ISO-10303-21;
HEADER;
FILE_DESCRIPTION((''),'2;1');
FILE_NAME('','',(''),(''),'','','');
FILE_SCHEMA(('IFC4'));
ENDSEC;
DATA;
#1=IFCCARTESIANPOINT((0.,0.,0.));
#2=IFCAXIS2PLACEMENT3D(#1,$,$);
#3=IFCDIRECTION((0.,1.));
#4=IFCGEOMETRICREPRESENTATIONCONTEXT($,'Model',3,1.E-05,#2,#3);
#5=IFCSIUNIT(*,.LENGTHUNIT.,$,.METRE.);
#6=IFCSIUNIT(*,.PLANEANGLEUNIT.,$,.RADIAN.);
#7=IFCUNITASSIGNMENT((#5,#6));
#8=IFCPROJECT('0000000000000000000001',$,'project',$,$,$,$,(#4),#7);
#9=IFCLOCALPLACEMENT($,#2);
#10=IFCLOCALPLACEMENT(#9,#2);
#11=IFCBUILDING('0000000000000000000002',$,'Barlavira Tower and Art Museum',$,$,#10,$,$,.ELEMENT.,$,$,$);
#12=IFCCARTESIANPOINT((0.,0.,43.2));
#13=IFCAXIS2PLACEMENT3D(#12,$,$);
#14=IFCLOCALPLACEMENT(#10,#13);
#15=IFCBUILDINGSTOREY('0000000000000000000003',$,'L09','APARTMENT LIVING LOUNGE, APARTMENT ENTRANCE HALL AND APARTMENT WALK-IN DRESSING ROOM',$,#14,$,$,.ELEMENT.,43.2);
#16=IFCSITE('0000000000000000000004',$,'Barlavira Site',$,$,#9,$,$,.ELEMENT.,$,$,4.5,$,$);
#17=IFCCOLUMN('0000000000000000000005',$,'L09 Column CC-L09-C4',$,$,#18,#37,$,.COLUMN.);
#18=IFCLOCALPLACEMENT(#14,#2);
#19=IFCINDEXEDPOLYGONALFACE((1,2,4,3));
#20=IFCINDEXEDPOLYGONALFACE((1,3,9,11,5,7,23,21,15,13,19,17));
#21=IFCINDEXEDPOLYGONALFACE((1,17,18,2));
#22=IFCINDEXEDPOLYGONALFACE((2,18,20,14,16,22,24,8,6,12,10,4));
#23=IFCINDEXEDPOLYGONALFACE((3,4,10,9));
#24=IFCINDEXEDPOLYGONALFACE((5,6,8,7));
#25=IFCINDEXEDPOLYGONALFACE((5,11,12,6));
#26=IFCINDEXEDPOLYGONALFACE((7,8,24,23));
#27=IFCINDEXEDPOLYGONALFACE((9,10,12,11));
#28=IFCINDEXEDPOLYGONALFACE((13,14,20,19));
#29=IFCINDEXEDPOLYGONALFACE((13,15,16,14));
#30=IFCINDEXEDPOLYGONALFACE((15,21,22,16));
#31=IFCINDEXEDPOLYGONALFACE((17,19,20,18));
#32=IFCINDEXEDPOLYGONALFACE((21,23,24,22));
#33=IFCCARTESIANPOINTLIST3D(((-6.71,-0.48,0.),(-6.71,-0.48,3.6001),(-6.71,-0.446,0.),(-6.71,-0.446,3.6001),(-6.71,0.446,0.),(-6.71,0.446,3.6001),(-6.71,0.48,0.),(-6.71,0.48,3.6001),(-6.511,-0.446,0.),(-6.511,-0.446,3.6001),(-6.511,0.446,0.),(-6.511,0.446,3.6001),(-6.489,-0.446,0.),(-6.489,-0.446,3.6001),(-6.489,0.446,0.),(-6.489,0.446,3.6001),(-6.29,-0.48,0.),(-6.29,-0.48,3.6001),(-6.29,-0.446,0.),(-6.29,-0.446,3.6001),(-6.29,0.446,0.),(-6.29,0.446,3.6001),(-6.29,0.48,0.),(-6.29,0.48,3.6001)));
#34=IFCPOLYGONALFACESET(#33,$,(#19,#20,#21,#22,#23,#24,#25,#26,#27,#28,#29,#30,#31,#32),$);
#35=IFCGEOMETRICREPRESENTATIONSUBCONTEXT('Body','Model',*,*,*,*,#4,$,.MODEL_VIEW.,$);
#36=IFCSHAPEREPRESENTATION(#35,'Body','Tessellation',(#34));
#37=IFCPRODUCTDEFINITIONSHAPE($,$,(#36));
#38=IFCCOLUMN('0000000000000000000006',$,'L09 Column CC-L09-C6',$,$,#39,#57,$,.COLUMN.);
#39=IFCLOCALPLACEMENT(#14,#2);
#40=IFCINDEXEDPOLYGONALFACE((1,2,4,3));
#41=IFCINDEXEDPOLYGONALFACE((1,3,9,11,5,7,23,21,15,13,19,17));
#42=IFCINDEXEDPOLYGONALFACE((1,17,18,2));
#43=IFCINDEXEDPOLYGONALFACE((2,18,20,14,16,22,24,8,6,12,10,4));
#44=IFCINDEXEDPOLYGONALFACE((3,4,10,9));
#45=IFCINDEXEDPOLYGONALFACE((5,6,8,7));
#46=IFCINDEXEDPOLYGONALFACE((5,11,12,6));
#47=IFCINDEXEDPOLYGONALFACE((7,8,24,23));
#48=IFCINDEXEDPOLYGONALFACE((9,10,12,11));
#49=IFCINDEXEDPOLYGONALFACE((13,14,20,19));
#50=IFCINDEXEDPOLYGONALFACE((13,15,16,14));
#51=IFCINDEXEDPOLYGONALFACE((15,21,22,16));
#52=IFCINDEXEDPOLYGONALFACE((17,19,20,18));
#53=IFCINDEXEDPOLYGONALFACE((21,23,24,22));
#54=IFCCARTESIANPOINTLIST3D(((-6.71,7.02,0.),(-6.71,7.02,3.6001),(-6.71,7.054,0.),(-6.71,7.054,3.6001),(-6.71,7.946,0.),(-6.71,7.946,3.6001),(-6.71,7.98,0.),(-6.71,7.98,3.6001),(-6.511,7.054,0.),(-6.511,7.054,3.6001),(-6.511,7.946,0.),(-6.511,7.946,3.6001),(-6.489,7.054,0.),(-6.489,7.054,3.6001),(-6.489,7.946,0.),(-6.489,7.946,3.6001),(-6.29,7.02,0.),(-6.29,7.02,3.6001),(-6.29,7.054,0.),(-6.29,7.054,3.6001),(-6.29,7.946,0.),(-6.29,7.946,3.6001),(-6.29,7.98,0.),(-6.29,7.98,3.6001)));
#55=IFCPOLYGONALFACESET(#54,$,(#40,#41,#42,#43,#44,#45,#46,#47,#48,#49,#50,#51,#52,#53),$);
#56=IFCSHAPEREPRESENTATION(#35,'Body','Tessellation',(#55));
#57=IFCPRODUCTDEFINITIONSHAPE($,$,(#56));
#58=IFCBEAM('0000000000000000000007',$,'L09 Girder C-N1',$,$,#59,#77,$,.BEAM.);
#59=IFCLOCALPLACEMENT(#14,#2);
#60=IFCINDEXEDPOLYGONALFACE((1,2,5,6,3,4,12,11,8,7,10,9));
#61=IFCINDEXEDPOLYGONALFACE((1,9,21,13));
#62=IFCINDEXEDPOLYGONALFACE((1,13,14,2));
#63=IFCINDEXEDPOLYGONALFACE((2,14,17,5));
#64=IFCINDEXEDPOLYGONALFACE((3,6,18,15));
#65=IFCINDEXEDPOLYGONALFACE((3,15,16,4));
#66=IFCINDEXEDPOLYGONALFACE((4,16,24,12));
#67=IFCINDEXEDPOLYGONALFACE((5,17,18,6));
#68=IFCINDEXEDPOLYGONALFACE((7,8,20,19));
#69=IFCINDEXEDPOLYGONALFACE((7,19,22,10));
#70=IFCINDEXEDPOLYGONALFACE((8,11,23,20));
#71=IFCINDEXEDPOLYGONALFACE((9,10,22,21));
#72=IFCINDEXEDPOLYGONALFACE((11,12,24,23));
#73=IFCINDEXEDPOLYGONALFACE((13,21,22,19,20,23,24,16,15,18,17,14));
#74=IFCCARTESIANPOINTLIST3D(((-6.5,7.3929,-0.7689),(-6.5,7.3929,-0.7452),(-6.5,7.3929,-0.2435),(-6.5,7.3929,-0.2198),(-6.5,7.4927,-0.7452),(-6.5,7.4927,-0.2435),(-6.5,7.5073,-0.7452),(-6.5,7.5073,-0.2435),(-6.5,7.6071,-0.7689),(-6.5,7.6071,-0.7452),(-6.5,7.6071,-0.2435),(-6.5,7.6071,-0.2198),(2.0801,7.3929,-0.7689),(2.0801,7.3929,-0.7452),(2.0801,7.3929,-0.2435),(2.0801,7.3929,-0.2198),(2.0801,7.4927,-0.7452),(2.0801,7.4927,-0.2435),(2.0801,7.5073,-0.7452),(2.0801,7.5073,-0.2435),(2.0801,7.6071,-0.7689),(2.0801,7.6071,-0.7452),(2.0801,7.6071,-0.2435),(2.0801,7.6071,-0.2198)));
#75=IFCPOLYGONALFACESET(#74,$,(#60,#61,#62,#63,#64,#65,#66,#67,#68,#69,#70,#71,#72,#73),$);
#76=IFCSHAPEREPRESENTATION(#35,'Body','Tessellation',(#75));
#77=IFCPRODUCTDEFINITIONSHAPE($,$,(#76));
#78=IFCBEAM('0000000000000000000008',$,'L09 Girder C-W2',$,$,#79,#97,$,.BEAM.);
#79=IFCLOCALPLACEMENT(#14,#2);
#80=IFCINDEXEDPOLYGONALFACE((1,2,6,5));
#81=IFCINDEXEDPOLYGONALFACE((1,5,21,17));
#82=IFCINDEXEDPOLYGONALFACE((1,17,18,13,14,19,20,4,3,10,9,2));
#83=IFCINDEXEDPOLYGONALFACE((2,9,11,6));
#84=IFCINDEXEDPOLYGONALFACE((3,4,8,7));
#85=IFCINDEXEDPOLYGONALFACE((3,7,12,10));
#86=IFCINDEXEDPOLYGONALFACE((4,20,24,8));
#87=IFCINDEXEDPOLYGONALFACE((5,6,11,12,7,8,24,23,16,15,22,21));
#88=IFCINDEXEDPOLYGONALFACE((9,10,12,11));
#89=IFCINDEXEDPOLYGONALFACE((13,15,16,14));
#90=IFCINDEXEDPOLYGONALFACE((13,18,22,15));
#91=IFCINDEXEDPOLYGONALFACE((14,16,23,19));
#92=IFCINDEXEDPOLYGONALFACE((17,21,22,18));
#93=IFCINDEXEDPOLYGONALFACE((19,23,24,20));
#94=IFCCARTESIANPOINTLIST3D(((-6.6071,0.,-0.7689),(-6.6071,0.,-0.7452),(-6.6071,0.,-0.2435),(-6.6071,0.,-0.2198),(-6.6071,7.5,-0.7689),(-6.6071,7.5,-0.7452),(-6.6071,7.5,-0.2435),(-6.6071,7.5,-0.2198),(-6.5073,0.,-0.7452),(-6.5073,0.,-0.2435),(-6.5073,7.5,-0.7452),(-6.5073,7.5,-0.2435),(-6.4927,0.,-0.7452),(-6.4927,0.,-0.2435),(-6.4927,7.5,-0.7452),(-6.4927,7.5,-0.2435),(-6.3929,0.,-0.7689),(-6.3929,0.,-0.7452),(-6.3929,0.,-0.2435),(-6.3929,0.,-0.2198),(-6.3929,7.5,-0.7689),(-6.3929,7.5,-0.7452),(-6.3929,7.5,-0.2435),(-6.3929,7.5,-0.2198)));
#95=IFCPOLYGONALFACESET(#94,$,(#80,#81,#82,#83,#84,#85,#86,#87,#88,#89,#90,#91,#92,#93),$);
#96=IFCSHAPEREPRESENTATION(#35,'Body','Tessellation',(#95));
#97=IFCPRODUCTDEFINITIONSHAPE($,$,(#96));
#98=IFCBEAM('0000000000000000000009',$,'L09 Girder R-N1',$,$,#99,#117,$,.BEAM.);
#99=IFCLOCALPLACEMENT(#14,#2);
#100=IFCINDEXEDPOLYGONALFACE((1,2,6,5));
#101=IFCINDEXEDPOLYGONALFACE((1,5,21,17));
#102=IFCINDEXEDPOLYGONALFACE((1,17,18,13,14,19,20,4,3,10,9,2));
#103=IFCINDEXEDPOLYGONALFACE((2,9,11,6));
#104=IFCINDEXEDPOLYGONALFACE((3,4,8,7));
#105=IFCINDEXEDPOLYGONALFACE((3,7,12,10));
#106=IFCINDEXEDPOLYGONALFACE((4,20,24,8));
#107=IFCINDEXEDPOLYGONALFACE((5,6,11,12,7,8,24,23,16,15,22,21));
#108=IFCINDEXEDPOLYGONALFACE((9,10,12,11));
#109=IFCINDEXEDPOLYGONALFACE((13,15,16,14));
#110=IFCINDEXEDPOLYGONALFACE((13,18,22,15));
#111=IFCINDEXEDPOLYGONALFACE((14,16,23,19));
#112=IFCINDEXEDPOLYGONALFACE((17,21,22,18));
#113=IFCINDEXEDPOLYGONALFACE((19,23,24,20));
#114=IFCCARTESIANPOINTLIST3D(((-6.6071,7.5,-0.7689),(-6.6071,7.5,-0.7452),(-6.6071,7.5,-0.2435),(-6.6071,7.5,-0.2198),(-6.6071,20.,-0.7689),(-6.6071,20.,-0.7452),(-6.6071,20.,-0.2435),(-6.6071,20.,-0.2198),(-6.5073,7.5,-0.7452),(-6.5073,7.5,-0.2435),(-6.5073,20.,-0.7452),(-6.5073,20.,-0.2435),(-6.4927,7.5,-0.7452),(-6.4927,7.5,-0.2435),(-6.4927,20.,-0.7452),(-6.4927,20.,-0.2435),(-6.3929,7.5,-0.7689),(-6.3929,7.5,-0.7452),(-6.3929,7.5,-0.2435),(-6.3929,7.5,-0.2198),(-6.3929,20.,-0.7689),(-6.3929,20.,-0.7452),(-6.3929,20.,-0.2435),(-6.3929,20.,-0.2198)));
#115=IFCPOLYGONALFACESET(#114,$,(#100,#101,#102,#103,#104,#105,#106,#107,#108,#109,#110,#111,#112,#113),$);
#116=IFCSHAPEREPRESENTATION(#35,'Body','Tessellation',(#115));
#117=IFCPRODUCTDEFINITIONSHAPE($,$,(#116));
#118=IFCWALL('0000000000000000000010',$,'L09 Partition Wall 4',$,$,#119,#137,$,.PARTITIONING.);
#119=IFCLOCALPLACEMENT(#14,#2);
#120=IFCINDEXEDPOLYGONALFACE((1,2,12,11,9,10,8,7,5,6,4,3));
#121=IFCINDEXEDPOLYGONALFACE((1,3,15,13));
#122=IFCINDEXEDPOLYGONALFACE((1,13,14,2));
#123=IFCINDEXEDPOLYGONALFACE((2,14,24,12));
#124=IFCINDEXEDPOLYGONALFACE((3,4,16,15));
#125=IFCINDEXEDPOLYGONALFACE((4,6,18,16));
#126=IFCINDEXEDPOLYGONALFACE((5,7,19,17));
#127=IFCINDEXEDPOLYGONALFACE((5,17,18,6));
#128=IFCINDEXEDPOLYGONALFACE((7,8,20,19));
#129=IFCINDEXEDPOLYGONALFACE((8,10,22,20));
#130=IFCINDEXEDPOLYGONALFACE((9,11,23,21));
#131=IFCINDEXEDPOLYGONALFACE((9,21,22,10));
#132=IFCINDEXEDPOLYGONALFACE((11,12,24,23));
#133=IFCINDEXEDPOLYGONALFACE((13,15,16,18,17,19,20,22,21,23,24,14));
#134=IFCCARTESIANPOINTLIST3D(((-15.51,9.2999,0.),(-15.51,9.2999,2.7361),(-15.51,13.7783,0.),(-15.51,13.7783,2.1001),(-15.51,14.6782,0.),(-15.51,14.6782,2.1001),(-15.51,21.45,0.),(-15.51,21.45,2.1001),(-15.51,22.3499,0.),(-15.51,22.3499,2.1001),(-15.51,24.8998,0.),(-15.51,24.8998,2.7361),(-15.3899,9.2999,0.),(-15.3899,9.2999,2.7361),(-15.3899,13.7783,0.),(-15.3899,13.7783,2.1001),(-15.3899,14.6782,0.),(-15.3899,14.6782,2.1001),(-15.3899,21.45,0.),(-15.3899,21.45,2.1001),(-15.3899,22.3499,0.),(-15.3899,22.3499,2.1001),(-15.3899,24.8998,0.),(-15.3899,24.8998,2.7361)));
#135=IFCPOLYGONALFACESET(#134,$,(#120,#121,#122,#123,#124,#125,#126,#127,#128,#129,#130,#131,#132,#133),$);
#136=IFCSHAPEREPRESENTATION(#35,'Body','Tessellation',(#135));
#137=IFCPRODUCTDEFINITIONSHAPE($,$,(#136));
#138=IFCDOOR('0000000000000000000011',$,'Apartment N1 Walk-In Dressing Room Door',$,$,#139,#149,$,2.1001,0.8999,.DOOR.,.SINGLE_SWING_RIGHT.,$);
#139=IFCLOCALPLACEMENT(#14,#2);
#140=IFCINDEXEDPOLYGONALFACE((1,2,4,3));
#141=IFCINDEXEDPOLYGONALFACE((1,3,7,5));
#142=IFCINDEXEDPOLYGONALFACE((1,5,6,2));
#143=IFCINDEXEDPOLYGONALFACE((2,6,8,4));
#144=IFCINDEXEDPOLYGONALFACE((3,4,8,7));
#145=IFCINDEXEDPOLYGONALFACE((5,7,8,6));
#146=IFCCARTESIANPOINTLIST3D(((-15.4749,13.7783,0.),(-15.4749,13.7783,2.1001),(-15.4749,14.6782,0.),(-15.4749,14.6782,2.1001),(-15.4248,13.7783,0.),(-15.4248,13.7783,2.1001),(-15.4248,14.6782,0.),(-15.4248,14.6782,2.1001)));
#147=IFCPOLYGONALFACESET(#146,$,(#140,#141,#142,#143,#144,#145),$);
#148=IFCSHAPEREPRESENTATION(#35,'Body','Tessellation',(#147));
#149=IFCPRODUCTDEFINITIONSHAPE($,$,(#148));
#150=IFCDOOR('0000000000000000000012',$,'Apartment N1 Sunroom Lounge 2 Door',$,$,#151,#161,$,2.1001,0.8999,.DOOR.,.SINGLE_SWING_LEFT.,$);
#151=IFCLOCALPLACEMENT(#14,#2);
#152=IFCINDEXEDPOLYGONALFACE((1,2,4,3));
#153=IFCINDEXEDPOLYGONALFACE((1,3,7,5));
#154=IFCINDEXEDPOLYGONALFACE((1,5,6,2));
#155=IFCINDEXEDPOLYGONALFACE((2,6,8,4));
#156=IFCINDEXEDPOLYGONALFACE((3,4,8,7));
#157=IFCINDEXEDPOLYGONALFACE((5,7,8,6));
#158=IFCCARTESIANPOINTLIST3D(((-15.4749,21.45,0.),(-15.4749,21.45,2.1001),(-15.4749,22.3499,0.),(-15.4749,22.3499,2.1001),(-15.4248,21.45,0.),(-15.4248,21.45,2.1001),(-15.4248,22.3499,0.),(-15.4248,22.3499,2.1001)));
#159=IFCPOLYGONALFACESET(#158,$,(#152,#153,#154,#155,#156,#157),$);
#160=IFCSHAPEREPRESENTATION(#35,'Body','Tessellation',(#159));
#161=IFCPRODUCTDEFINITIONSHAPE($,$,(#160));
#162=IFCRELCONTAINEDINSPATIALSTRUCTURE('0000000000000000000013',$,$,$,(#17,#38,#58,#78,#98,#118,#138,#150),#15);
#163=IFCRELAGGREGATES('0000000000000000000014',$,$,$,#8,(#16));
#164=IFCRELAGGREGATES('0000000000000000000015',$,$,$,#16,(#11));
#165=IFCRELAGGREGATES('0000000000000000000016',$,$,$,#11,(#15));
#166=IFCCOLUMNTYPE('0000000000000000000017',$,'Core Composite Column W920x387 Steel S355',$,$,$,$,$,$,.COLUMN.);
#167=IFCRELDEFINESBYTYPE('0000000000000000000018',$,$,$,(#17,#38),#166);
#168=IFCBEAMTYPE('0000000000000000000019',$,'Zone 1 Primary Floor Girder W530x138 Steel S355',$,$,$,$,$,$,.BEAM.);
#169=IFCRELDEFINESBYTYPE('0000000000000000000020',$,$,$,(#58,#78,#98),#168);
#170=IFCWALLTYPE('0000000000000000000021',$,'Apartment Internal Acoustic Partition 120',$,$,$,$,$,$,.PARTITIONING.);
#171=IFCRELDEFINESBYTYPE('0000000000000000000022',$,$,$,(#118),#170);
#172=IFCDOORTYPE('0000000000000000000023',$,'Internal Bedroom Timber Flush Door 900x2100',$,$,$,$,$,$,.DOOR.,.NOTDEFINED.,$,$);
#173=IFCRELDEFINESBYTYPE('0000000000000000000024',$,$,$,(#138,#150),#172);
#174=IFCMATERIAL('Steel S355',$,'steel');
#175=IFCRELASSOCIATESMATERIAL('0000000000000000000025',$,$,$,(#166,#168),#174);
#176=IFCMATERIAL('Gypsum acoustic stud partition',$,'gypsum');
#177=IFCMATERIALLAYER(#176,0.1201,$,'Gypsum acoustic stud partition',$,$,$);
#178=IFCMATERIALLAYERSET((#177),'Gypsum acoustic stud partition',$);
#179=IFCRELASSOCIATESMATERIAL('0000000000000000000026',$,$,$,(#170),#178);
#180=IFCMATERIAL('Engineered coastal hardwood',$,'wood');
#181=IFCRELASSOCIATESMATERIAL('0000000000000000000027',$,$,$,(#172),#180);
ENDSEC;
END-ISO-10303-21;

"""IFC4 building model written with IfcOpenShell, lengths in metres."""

from ifc_helpers import new_model, si_unit, direction, frame, frame_2d, origin, origin_2d, place, context, subcontext, project, spatial, rectangle, i_section, extrude, material, layer, layer_set, material_profile, profile_set, type_object, element, fill, save


model = new_model("IFC4")

# Units and contexts
model_context = context("Model", 3, precision=1e-05, world=origin(), true_north=direction((0.0, 1.0)))
body_context = subcontext(model_context, "Body", "Model", "MODEL_VIEW")
ifc_project = project(units=[si_unit("LENGTHUNIT", "METRE"), si_unit("PLANEANGLEUNIT", "RADIAN")], contexts=[model_context])

# Site, building, storey
site_placement = place(None, origin())
site = spatial("IfcSite", under=ifc_project, at=site_placement, Name="Barlavira Site", CompositionType="ELEMENT", RefElevation=4.5)
building_placement = place(site_placement, origin())
building = spatial("IfcBuilding", under=site, at=building_placement, Name="Barlavira Tower and Art Museum", CompositionType="ELEMENT")
storey_placement = place(building_placement, frame((0.0, 0.0, 43.2)))
storey = spatial("IfcBuildingStorey", under=building, at=storey_placement, Name="L09", Description="APARTMENT LIVING LOUNGE, APARTMENT ENTRANCE HALL AND APARTMENT WALK-IN DRESSING ROOM", CompositionType="ELEMENT", Elevation=43.2)

# Columns
ifc_material_1 = material(Name="Steel S355", Category="steel")
ifc_material_profile_1 = material_profile(ifc_material_1, i_section(OverallWidth=0.4199, OverallDepth=0.96, WebThickness=0.022, FlangeThickness=0.0339, at=origin_2d()), Name="W920x387.0")
ifc_profile_set_1 = profile_set([ifc_material_profile_1], Name="Steel S355")
column_type = type_object("IfcColumnType", Name="Core Composite Column W920x387 Steel S355", PredefinedType="COLUMN", material=ifc_profile_set_1)
for number, where, z_axis, x_axis, name in (
    (1, (-6.5, 0.0, 0.0), (0.0, 0.0, 1.0), (1.0, 0.0, 0.0), "L09 Column CC-L09-C4"),
    (2, (-6.5, 7.5, 0.0), (0.0, 0.0, 1.0), (1.0, 0.0, 0.0), "L09 Column CC-L09-C6"),
):
    element("IfcColumn", number, at=place(storey_placement, frame(where, z_axis=z_axis, x_axis=x_axis)), inside=storey, type_object=column_type, Name=name, PredefinedType="COLUMN", context=body_context, shape_type="SweptSolid", body=[
        extrude(i_section(OverallWidth=0.4199, OverallDepth=0.96, WebThickness=0.022, FlangeThickness=0.0339, at=origin_2d()), origin(), (0.0, 0.0, 1.0), 3.6001),
    ])

# Beams
ifc_material_profile_2 = material_profile(ifc_material_1, i_section(OverallWidth=0.2141, OverallDepth=0.5491, WebThickness=0.0146, FlangeThickness=0.0237, at=origin_2d()), Name="W530x138.0")
ifc_profile_set_2 = profile_set([ifc_material_profile_2], Name="Steel S355")
beam_type = type_object("IfcBeamType", Name="Zone 1 Primary Floor Girder W530x138 Steel S355", PredefinedType="BEAM", material=ifc_profile_set_2)
beam_1_placement = place(storey_placement, frame((-6.5, 7.5, -0.4944), z_axis=(1.0, 0.0, 0.0), x_axis=(0.0, 1.0, 0.0)))
element("IfcBeam", 3, at=beam_1_placement, inside=storey, type_object=beam_type, Name="L09 Girder C-N1", PredefinedType="BEAM", context=body_context, shape_type="SweptSolid", body=[
    extrude(i_section(OverallWidth=0.2141, OverallDepth=0.5491, WebThickness=0.0146, FlangeThickness=0.0237, at=origin_2d()), origin(), (0.0, 0.0, 1.0), 8.5801),
])
beam_2_placement = place(storey_placement, frame((-6.5, 0.0, -0.4944), z_axis=(0.0, 1.0, 0.0), x_axis=(-1.0, 0.0, 0.0)))
element("IfcBeam", 4, at=beam_2_placement, inside=storey, type_object=beam_type, Name="L09 Girder C-W2", PredefinedType="BEAM", context=body_context, shape_type="SweptSolid", body=[
    extrude(i_section(OverallWidth=0.2141, OverallDepth=0.5491, WebThickness=0.0146, FlangeThickness=0.0237, at=origin_2d()), origin(), (0.0, 0.0, 1.0), 7.5),
])
beam_3_placement = place(storey_placement, frame((-6.5, 7.5, -0.4944), z_axis=(0.0, 1.0, 0.0), x_axis=(-1.0, 0.0, 0.0)))
element("IfcBeam", 5, at=beam_3_placement, inside=storey, type_object=beam_type, Name="L09 Girder R-N1", PredefinedType="BEAM", context=body_context, shape_type="SweptSolid", body=[
    extrude(i_section(OverallWidth=0.2141, OverallDepth=0.5491, WebThickness=0.0146, FlangeThickness=0.0237, at=origin_2d()), origin(), (0.0, 0.0, 1.0), 12.5),
])

# Wall, openings, doors
ifc_material_2 = material(Name="Gypsum acoustic stud partition", Category="gypsum")
ifc_layer_1 = layer(ifc_material_2, 0.1201, Name="Gypsum acoustic stud partition")
ifc_layer_set_1 = layer_set([ifc_layer_1], Name="Gypsum acoustic stud partition")
wall_type_1 = type_object("IfcWallType", Name="Apartment Internal Acoustic Partition 120", PredefinedType="PARTITIONING", material=ifc_layer_set_1)
wall_1_placement = place(storey_placement, frame((-15.45, 9.3, 0.0), z_axis=(0.0, 0.0, 1.0), x_axis=(0.0, 1.0, 0.0)))
wall_1 = element("IfcWall", 6, at=wall_1_placement, inside=storey, type_object=wall_type_1, Name="L09 Partition Wall 4", PredefinedType="PARTITIONING", context=body_context, shape_type="SweptSolid", body=[
    extrude(rectangle(XDim=15.5999, YDim=0.1201, at=frame_2d((7.7998, 0.0))), origin(), (0.0, 0.0, 1.0), 2.7361),
])
opening_1_placement = place(wall_1_placement, frame((4.4783, 0.0, 0.0)))
opening_1 = element("IfcOpeningElement", 7, at=opening_1_placement, cuts=wall_1, PredefinedType="OPENING", context=body_context, shape_type="SweptSolid", body=[
    extrude(rectangle(XDim=0.8999, YDim=2.1001, at=frame_2d((0.45, 1.05))), frame((0.0, 0.0701, 0.0), z_axis=(0.0, -1.0, 0.0), x_axis=(1.0, 0.0, 0.0)), (0.0, 0.0, 1.0), 0.1401),
])
opening_2_placement = place(wall_1_placement, frame((12.1499, 0.0, 0.0)))
opening_2 = element("IfcOpeningElement", 8, at=opening_2_placement, cuts=wall_1, PredefinedType="OPENING", context=body_context, shape_type="SweptSolid", body=[
    extrude(rectangle(XDim=0.8999, YDim=2.1001, at=frame_2d((0.45, 1.05))), frame((0.0, 0.0701, 0.0), z_axis=(0.0, -1.0, 0.0), x_axis=(1.0, 0.0, 0.0)), (0.0, 0.0, 1.0), 0.1401),
])
ifc_material_3 = material(Name="Engineered coastal hardwood", Category="wood")
door_type_1 = type_object("IfcDoorType", Name="Internal Bedroom Timber Flush Door 900x2100", OperationType="NOTDEFINED", PredefinedType="DOOR", material=ifc_material_3)
door_1_placement = place(opening_1_placement, origin())
door_1 = element("IfcDoor", 9, at=door_1_placement, inside=storey, type_object=door_type_1, Name="Apartment N1 Walk-In Dressing Room Door", OperationType="SINGLE_SWING_RIGHT", OverallHeight=2.1001, OverallWidth=0.8999, PredefinedType="DOOR", context=body_context, shape_type="SweptSolid", body=[
    extrude(rectangle(XDim=0.8999, YDim=2.1001, at=frame_2d((0.45, 1.05))), frame((0.0, 0.0249, 0.0), z_axis=(0.0, -1.0, 0.0), x_axis=(1.0, 0.0, 0.0)), (0.0, 0.0, 1.0), 0.05),
])
fill(opening_1, door_1)
door_2_placement = place(opening_2_placement, origin())
door_2 = element("IfcDoor", 10, at=door_2_placement, inside=storey, type_object=door_type_1, Name="Apartment N1 Sunroom Lounge 2 Door", OperationType="SINGLE_SWING_LEFT", OverallHeight=2.1001, OverallWidth=0.8999, PredefinedType="DOOR", context=body_context, shape_type="SweptSolid", body=[
    extrude(rectangle(XDim=0.8999, YDim=2.1001, at=frame_2d((0.45, 1.05))), frame((0.0, 0.0249, 0.0), z_axis=(0.0, -1.0, 0.0), x_axis=(1.0, 0.0, 0.0)), (0.0, 0.0, 1.0), 0.05),
])
fill(opening_2, door_2)

save(model, "model.ifc")
